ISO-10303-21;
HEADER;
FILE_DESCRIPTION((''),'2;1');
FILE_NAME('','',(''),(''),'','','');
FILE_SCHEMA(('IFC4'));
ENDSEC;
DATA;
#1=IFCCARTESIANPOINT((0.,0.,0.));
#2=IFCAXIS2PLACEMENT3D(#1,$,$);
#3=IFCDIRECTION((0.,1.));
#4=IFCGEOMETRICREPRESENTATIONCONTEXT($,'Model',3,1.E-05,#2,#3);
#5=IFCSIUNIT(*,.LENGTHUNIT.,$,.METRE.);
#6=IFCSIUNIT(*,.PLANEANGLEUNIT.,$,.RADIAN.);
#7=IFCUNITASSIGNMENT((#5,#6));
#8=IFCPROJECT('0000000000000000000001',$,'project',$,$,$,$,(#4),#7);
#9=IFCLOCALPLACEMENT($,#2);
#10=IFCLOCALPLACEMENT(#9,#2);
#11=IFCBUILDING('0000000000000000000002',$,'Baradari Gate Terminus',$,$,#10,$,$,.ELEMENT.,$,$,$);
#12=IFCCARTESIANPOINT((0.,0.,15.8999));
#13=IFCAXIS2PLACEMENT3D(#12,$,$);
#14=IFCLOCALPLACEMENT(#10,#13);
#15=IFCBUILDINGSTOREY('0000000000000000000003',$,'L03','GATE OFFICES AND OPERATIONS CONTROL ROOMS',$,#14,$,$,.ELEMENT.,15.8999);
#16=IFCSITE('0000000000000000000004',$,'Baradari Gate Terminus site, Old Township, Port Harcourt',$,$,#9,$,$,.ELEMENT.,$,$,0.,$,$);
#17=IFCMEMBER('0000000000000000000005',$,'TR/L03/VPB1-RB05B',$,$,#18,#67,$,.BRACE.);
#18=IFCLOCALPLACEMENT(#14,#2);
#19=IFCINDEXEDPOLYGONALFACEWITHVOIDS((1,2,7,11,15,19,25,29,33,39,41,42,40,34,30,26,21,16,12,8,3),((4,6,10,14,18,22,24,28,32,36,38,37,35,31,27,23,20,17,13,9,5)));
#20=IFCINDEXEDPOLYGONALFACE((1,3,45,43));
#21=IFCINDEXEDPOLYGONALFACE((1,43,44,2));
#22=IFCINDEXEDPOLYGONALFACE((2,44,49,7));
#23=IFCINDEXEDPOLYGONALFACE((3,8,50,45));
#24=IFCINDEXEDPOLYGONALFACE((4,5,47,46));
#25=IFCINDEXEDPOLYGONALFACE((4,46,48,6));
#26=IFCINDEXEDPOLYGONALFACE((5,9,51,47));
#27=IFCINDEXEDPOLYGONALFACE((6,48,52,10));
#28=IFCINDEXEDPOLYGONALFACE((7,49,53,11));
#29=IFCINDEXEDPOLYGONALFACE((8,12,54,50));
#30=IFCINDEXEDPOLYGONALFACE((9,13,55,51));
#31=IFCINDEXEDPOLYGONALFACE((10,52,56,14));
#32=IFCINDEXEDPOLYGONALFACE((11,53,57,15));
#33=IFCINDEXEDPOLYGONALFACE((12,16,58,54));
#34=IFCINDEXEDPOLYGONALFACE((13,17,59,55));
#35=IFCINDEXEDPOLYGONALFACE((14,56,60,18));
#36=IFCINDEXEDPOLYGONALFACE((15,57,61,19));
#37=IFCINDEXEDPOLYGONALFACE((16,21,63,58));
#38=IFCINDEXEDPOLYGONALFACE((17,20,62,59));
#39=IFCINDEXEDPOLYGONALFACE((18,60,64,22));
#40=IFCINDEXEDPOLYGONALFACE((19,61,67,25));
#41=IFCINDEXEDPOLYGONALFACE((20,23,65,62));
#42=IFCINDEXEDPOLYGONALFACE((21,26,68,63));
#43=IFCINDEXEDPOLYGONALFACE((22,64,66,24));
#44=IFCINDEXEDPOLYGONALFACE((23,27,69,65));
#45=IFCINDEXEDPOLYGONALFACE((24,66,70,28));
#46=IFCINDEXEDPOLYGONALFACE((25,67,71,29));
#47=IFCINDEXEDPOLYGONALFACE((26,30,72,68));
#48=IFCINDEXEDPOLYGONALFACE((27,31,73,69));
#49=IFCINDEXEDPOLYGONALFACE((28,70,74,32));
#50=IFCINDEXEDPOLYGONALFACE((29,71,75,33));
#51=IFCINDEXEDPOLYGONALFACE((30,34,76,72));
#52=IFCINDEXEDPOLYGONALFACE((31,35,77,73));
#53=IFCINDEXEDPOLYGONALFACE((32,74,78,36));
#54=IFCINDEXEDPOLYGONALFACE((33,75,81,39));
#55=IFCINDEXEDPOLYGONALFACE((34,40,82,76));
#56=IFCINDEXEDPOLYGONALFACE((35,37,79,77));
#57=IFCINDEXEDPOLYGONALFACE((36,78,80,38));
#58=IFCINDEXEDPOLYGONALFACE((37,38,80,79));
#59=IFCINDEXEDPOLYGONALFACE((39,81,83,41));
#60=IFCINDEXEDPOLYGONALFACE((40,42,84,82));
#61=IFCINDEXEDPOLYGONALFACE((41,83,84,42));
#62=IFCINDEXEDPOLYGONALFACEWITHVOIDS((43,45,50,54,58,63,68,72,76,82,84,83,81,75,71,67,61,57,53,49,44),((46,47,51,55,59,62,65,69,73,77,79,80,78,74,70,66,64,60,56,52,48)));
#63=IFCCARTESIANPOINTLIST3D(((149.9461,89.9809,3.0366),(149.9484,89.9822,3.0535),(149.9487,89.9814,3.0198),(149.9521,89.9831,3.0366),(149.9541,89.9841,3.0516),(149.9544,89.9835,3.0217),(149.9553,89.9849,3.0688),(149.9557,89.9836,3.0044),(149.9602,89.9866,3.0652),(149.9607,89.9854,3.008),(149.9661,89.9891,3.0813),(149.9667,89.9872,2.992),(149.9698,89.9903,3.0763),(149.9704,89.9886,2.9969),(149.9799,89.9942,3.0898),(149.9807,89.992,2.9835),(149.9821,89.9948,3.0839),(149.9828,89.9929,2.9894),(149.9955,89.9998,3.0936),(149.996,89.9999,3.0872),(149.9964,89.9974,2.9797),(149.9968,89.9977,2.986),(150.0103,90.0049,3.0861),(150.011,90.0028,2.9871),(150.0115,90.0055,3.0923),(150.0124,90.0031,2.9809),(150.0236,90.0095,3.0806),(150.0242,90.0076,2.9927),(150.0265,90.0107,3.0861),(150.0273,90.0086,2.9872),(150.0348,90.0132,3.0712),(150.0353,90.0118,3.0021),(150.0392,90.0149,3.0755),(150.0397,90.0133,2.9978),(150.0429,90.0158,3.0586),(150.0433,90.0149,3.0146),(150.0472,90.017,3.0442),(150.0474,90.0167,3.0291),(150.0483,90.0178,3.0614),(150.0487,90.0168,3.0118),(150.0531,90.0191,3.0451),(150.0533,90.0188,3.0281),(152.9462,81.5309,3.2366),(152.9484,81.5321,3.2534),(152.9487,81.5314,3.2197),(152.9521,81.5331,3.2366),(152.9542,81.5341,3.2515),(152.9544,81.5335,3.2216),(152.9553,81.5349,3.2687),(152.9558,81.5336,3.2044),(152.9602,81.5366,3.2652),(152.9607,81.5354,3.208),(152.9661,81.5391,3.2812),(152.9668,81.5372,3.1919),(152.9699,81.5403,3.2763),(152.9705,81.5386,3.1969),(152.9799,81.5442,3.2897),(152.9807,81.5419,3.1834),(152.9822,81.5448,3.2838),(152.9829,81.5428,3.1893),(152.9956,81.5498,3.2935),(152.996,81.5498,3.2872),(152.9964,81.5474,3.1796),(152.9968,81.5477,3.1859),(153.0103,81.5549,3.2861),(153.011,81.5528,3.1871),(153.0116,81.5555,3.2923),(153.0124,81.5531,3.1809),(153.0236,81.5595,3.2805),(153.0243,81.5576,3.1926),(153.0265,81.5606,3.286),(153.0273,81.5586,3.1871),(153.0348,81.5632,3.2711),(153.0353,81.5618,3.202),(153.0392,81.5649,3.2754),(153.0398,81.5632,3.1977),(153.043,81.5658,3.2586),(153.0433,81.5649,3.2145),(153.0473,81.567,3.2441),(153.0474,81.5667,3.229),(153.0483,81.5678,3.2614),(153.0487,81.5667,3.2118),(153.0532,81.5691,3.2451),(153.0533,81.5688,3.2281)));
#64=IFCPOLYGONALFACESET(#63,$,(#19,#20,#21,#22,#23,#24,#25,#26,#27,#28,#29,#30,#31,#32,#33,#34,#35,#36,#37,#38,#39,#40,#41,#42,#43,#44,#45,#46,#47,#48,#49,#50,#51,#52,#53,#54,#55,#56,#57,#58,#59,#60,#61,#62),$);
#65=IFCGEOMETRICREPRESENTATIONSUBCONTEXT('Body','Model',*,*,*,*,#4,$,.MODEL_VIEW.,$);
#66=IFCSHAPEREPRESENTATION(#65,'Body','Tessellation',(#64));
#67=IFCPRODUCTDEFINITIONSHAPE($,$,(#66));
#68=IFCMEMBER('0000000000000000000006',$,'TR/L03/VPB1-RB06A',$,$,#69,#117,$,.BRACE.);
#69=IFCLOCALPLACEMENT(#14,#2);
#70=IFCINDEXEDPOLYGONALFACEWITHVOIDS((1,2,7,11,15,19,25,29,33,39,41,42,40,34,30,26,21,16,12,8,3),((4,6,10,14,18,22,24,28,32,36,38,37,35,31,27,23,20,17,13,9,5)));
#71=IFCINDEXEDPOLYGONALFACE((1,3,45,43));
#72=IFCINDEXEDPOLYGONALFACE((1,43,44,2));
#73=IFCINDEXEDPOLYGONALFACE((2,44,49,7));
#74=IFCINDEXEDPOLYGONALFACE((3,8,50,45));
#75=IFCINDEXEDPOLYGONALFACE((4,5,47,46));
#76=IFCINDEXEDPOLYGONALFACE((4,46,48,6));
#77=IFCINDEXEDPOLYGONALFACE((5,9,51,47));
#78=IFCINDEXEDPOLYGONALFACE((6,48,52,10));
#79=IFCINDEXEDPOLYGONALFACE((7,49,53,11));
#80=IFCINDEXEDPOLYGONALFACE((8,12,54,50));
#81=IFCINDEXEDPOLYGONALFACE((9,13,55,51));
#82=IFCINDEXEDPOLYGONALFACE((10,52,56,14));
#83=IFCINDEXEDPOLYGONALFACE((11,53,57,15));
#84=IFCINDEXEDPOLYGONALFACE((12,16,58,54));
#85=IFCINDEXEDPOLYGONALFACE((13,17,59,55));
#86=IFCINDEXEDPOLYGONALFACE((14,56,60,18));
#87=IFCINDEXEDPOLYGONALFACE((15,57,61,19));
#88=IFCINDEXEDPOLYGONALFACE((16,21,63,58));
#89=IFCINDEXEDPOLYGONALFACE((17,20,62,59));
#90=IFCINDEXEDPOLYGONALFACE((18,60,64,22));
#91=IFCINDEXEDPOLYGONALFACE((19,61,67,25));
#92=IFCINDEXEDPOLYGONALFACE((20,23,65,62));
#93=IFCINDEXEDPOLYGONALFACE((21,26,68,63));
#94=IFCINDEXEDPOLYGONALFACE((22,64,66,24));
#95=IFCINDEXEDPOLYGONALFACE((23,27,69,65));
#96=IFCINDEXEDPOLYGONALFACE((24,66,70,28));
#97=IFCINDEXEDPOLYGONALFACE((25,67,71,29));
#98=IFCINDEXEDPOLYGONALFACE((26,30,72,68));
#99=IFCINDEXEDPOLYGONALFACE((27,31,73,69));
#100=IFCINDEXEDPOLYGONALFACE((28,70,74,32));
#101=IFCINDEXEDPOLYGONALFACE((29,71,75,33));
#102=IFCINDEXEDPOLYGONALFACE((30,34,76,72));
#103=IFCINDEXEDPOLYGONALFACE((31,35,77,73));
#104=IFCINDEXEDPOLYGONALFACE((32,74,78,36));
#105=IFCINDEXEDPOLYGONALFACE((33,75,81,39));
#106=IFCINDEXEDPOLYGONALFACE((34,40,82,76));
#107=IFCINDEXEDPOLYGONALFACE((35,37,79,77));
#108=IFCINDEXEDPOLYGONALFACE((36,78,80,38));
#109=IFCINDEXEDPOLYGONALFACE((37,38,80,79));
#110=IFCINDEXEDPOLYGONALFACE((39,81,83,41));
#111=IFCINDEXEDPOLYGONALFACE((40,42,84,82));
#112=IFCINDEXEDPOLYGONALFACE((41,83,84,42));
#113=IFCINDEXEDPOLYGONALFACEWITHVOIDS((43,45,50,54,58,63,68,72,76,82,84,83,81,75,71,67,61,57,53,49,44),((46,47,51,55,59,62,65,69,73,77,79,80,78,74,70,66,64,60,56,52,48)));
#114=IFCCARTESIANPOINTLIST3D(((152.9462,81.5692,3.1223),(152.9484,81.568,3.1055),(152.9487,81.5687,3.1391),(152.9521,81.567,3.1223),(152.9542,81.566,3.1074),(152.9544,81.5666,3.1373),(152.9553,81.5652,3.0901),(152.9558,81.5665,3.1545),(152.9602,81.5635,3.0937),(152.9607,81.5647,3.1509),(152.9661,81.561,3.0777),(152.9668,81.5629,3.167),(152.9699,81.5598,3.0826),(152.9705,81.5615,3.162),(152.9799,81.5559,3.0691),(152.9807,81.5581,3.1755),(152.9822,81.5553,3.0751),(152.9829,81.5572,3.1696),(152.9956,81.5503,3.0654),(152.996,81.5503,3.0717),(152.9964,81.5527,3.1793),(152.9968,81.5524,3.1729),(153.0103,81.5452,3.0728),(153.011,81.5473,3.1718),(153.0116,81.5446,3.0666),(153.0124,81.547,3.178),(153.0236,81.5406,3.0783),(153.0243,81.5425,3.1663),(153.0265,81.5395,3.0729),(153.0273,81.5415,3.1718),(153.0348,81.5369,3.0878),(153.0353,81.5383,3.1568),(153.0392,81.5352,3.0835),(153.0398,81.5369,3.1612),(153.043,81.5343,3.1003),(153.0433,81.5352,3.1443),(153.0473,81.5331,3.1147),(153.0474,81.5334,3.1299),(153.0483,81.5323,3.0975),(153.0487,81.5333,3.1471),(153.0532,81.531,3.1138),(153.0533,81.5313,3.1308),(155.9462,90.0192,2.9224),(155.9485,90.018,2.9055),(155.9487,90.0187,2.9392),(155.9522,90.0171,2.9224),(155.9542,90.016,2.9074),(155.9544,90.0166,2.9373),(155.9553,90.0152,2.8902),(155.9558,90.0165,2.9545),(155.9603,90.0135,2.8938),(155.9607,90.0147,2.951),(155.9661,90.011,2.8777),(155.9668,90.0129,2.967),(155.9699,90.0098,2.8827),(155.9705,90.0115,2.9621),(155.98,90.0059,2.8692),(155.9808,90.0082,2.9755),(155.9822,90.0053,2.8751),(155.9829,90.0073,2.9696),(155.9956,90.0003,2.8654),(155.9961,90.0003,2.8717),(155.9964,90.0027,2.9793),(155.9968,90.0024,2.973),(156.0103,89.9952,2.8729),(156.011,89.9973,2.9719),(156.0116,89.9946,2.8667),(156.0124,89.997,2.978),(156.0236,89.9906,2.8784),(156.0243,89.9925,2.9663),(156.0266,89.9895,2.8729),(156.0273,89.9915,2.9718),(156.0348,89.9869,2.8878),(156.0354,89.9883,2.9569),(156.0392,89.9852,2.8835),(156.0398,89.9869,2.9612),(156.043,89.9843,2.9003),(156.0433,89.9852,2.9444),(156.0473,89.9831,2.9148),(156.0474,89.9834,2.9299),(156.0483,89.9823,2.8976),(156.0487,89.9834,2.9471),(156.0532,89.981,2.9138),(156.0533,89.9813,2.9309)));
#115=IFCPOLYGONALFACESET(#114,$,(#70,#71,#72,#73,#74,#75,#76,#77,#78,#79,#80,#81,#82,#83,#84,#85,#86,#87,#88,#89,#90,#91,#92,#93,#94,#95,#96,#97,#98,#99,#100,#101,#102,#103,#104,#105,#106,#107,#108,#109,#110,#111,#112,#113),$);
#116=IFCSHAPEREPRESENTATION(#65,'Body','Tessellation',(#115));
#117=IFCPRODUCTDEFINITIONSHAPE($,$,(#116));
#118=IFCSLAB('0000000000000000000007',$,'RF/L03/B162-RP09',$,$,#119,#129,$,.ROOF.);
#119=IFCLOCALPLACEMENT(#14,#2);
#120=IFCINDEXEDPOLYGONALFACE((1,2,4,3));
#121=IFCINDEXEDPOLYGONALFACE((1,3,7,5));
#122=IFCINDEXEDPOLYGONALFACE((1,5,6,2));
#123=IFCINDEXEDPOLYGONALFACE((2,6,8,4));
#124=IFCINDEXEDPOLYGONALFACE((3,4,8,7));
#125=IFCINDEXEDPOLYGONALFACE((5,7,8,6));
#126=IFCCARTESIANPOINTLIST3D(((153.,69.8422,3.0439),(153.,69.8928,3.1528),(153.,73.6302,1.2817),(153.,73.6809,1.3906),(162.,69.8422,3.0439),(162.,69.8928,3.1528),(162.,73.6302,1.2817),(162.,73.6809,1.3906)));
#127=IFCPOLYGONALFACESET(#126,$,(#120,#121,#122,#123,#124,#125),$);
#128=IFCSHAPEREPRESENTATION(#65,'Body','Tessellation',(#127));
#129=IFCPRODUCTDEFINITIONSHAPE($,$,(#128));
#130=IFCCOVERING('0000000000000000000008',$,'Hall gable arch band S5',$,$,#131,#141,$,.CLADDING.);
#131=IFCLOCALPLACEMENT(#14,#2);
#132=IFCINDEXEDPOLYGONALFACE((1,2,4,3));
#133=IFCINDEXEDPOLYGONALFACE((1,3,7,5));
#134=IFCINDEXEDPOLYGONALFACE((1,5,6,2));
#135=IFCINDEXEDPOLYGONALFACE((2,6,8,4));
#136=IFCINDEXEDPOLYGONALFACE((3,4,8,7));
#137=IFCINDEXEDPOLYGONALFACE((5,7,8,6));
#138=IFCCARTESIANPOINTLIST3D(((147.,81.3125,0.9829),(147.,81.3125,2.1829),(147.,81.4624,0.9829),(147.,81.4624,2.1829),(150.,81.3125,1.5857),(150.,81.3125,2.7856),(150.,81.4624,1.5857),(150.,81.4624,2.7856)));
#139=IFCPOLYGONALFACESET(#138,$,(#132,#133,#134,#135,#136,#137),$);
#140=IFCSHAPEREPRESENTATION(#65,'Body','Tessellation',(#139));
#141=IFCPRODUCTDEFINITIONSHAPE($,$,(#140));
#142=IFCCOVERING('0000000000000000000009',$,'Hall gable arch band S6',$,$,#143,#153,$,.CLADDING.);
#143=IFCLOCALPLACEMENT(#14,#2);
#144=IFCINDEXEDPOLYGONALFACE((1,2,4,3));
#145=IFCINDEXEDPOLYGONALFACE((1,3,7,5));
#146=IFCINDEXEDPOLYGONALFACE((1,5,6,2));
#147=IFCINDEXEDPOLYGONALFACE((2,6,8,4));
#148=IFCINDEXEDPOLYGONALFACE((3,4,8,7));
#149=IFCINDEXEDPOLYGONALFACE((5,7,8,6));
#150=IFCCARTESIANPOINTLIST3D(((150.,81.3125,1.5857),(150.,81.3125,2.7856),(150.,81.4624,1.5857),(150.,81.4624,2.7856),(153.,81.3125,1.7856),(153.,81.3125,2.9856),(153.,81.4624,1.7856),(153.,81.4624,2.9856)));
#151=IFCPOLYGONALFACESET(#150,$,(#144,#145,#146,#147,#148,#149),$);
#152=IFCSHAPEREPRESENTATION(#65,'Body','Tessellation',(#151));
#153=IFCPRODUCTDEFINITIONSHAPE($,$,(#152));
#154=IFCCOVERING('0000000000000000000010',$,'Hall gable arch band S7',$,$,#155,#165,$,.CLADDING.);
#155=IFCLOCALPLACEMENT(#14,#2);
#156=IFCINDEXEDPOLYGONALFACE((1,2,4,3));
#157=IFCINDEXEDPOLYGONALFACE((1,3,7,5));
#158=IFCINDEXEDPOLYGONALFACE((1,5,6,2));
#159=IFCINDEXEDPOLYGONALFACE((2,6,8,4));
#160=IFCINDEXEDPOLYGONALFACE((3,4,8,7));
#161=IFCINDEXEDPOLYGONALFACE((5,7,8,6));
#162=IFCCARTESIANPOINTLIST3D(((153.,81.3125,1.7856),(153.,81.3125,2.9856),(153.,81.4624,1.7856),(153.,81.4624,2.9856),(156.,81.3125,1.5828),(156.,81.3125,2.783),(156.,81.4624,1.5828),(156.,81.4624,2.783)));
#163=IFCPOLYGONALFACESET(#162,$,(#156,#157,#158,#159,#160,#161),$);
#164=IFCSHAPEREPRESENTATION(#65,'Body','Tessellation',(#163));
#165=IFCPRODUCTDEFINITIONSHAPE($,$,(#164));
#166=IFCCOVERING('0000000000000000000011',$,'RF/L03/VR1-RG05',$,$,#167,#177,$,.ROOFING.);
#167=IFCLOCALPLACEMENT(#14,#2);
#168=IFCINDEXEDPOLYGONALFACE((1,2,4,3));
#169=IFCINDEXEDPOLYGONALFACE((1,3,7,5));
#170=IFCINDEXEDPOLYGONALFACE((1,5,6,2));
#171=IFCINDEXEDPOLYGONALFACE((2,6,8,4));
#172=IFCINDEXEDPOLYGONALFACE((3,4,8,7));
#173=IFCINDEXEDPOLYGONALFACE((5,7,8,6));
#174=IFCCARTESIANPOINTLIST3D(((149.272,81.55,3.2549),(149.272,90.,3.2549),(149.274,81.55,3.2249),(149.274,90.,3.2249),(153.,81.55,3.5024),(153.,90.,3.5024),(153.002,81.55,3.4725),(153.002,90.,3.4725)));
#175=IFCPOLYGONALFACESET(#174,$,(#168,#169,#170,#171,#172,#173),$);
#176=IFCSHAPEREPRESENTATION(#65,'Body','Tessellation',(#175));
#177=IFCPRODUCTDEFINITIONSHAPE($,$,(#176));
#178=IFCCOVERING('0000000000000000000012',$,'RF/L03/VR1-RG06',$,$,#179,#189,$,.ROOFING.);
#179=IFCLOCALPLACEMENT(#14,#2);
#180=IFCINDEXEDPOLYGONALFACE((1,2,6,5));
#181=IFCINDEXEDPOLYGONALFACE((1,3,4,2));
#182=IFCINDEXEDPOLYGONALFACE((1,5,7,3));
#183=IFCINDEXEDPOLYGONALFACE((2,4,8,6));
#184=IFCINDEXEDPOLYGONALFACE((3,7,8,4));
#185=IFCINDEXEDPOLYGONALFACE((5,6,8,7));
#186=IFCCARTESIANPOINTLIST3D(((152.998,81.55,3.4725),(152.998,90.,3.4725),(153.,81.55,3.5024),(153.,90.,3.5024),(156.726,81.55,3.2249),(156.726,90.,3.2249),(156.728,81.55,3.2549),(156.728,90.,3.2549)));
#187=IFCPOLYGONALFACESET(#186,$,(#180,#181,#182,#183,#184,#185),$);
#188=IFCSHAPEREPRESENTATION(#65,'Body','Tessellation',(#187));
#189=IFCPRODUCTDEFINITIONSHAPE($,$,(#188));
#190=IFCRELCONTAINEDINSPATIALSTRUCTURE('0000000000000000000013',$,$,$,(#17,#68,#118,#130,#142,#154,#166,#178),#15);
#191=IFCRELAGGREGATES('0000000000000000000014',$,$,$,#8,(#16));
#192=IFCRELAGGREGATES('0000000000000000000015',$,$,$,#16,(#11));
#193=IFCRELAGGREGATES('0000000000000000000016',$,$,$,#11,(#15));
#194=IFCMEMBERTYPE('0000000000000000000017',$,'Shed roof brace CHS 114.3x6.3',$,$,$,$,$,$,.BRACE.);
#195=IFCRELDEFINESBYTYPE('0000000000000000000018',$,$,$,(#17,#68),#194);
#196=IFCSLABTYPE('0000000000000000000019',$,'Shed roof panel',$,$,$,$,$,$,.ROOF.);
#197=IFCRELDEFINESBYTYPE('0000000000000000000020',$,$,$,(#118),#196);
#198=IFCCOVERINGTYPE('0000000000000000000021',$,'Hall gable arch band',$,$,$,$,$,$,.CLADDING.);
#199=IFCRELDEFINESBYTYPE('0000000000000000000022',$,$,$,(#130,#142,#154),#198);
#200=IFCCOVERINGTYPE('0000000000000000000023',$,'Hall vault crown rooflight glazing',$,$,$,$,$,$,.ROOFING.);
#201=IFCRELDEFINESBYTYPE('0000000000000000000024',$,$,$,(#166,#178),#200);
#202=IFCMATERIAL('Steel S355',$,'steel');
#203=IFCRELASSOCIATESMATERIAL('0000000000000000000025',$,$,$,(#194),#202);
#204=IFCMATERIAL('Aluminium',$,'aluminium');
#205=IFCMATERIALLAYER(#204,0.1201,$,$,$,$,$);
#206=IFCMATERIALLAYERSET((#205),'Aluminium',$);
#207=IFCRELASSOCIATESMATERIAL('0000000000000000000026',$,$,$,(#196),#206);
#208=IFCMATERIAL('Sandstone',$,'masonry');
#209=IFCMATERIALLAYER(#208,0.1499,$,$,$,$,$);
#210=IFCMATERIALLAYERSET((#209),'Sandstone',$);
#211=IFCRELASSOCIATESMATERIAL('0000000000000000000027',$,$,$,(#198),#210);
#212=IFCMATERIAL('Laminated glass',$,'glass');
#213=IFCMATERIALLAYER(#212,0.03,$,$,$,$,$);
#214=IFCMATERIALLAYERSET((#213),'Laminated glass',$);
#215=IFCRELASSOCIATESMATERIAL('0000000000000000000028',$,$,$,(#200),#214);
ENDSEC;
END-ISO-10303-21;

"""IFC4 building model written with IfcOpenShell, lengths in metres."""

from ifc_helpers import new_model, si_unit, direction, frame, origin, origin_2d, place, context, subcontext, project, spatial, polyline, hollow_circle, outline, extrude, material, layer, layer_set, material_profile, profile_set, type_object, element, save


model = new_model("IFC4")

# Units and contexts
model_context = context("Model", 3, precision=1e-05, world=origin(), true_north=direction((0.0, 1.0)))
body_context = subcontext(model_context, "Body", "Model", "MODEL_VIEW")
ifc_project = project(units=[si_unit("LENGTHUNIT", "METRE"), si_unit("PLANEANGLEUNIT", "RADIAN")], contexts=[model_context])

# Site, building, storey
site_placement = place(None, origin())
site = spatial("IfcSite", under=ifc_project, at=site_placement, Name="Baradari Gate Terminus site, Old Township, Port Harcourt", CompositionType="ELEMENT", RefElevation=0.0)
building_placement = place(site_placement, origin())
building = spatial("IfcBuilding", under=site, at=building_placement, Name="Baradari Gate Terminus", CompositionType="ELEMENT")
storey_placement = place(building_placement, frame((0.0, 0.0, 15.8999)))
storey = spatial("IfcBuildingStorey", under=building, at=storey_placement, Name="L03", Description="GATE OFFICES AND OPERATIONS CONTROL ROOMS", CompositionType="ELEMENT", Elevation=15.8999)

# Members
ifc_material_1 = material(Name="Steel S355", Category="steel")
ifc_material_profile_1 = material_profile(ifc_material_1, hollow_circle(Radius=0.0571, WallThickness=0.0063, at=origin_2d()), Name="CHS 114.3x6.3")
ifc_profile_set_1 = profile_set([ifc_material_profile_1], Name="Steel S355")
member_type_1 = type_object("IfcMemberType", Name="Shed roof brace CHS 114.3x6.3", PredefinedType="BRACE", material=ifc_profile_set_1)
for number, where, z_axis, x_axis, name in (
    (1, (153.0, 81.55, 3.2366), (-0.334488, 0.942136, -0.022294), (-0.94237, -0.334571, 0.0), "TR/L03/VPB1-RB05B"),
    (2, (153.0, 81.55, 3.1223), (0.334488, 0.942136, -0.022294), (-0.94237, 0.334571, 0.0), "TR/L03/VPB1-RB06A"),
):
    element("IfcMember", number, at=place(storey_placement, frame(where, z_axis=z_axis, x_axis=x_axis)), inside=storey, type_object=member_type_1, Name=name, PredefinedType="BRACE", context=body_context, shape_type="SweptSolid", body=[
        extrude(hollow_circle(Radius=0.0571, WallThickness=0.0063, at=origin_2d()), origin(), (0.0, 0.0, 1.0), 8.969),
    ])

# Slab
ifc_material_2 = material(Name="Aluminium", Category="aluminium")
ifc_layer_1 = layer(ifc_material_2, 0.1201)
ifc_layer_set_1 = layer_set([ifc_layer_1], Name="Aluminium")
slab_type = type_object("IfcSlabType", Name="Shed roof panel", PredefinedType="ROOF", material=ifc_layer_set_1)
slab_placement = place(storey_placement, frame((153.0, 69.8928, 3.1528), z_axis=(0.0, 0.421791, 0.906693), x_axis=(1.0, 0.0, 0.0)))
element("IfcSlab", 3, at=slab_placement, inside=storey, type_object=slab_type, Name="RF/L03/B162-RP09", PredefinedType="ROOF", context=body_context, shape_type="SweptSolid", body=[
    extrude(outline(polyline([(0.0, 0.0), (9.0, 0.0), (9.0, 4.1779), (0.0, 4.1779), (0.0, 0.0)])), origin(), (0.0, 0.0, -1.0), 0.1201),
])

# Coverings
ifc_material_3 = material(Name="Sandstone", Category="masonry")
ifc_layer_2 = layer(ifc_material_3, 0.1499)
ifc_layer_set_2 = layer_set([ifc_layer_2], Name="Sandstone")
covering_type_1 = type_object("IfcCoveringType", Name="Hall gable arch band", PredefinedType="CLADDING", material=ifc_layer_set_2)
covering_1_placement = place(storey_placement, frame((147.0, 81.3875, 0.9829), z_axis=(0.0, 0.0, 1.0), x_axis=(1.0, 0.0, 0.0)))
element("IfcCovering", 4, at=covering_1_placement, inside=storey, type_object=covering_type_1, Name="Hall gable arch band S5", PredefinedType="CLADDING", context=body_context, shape_type="SweptSolid", body=[
    extrude(outline(polyline([(0.0, 1.2), (0.0, 0.0), (3.0, 0.6028), (3.0, 1.8027), (0.0, 1.2)])), frame((0.0, 0.075, 0.0), z_axis=(0.0, -1.0, 0.0), x_axis=(1.0, 0.0, 0.0)), (0.0, 0.0, 1.0), 0.1499),
])
covering_2_placement = place(storey_placement, frame((150.0, 81.3875, 1.5857), z_axis=(0.0, 0.0, 1.0), x_axis=(1.0, 0.0, 0.0)))
element("IfcCovering", 5, at=covering_2_placement, inside=storey, type_object=covering_type_1, Name="Hall gable arch band S6", PredefinedType="CLADDING", context=body_context, shape_type="SweptSolid", body=[
    extrude(outline(polyline([(0.0, 1.2), (0.0, 0.0), (3.0, 0.2), (3.0, 1.3999), (0.0, 1.2)])), frame((0.0, 0.075, 0.0), z_axis=(0.0, -1.0, 0.0), x_axis=(1.0, 0.0, 0.0)), (0.0, 0.0, 1.0), 0.1499),
])
covering_3_placement = place(storey_placement, frame((153.0, 81.3875, 1.5828), z_axis=(0.0, 0.0, 1.0), x_axis=(1.0, 0.0, 0.0)))
element("IfcCovering", 6, at=covering_3_placement, inside=storey, type_object=covering_type_1, Name="Hall gable arch band S7", PredefinedType="CLADDING", context=body_context, shape_type="SweptSolid", body=[
    extrude(outline(polyline([(0.0, 1.4028), (0.0, 0.2029), (3.0, 0.0), (3.0, 1.2002), (0.0, 1.4028)])), frame((0.0, 0.075, 0.0), z_axis=(0.0, -1.0, 0.0), x_axis=(1.0, 0.0, 0.0)), (0.0, 0.0, 1.0), 0.1499),
])
ifc_material_4 = material(Name="Laminated glass", Category="glass")
ifc_layer_3 = layer(ifc_material_4, 0.03)
ifc_layer_set_3 = layer_set([ifc_layer_3], Name="Laminated glass")
covering_type_2 = type_object("IfcCoveringType", Name="Hall vault crown rooflight glazing", PredefinedType="ROOFING", material=ifc_layer_set_3)
for number, where, z_axis, x_axis, name in (
    (7, (149.272, 81.55, 3.2549), (-0.066259, 0.0, 0.997802), (0.0, 1.0, 0.0), "RF/L03/VR1-RG05"),
    (8, (153.0, 81.55, 3.5024), (0.066259, 0.0, 0.997802), (0.0, 1.0, 0.0), "RF/L03/VR1-RG06"),
):
    element("IfcCovering", number, at=place(storey_placement, frame(where, z_axis=z_axis, x_axis=x_axis)), inside=storey, type_object=covering_type_2, Name=name, PredefinedType="ROOFING", context=body_context, shape_type="SweptSolid", body=[
        extrude(outline(polyline([(0.0, 0.0), (8.45, 0.0), (8.45, -3.7362), (0.0, -3.7362), (0.0, 0.0)])), origin(), (0.0, 0.0, -1.0), 0.03),
    ])

save(model, "model.ifc")
